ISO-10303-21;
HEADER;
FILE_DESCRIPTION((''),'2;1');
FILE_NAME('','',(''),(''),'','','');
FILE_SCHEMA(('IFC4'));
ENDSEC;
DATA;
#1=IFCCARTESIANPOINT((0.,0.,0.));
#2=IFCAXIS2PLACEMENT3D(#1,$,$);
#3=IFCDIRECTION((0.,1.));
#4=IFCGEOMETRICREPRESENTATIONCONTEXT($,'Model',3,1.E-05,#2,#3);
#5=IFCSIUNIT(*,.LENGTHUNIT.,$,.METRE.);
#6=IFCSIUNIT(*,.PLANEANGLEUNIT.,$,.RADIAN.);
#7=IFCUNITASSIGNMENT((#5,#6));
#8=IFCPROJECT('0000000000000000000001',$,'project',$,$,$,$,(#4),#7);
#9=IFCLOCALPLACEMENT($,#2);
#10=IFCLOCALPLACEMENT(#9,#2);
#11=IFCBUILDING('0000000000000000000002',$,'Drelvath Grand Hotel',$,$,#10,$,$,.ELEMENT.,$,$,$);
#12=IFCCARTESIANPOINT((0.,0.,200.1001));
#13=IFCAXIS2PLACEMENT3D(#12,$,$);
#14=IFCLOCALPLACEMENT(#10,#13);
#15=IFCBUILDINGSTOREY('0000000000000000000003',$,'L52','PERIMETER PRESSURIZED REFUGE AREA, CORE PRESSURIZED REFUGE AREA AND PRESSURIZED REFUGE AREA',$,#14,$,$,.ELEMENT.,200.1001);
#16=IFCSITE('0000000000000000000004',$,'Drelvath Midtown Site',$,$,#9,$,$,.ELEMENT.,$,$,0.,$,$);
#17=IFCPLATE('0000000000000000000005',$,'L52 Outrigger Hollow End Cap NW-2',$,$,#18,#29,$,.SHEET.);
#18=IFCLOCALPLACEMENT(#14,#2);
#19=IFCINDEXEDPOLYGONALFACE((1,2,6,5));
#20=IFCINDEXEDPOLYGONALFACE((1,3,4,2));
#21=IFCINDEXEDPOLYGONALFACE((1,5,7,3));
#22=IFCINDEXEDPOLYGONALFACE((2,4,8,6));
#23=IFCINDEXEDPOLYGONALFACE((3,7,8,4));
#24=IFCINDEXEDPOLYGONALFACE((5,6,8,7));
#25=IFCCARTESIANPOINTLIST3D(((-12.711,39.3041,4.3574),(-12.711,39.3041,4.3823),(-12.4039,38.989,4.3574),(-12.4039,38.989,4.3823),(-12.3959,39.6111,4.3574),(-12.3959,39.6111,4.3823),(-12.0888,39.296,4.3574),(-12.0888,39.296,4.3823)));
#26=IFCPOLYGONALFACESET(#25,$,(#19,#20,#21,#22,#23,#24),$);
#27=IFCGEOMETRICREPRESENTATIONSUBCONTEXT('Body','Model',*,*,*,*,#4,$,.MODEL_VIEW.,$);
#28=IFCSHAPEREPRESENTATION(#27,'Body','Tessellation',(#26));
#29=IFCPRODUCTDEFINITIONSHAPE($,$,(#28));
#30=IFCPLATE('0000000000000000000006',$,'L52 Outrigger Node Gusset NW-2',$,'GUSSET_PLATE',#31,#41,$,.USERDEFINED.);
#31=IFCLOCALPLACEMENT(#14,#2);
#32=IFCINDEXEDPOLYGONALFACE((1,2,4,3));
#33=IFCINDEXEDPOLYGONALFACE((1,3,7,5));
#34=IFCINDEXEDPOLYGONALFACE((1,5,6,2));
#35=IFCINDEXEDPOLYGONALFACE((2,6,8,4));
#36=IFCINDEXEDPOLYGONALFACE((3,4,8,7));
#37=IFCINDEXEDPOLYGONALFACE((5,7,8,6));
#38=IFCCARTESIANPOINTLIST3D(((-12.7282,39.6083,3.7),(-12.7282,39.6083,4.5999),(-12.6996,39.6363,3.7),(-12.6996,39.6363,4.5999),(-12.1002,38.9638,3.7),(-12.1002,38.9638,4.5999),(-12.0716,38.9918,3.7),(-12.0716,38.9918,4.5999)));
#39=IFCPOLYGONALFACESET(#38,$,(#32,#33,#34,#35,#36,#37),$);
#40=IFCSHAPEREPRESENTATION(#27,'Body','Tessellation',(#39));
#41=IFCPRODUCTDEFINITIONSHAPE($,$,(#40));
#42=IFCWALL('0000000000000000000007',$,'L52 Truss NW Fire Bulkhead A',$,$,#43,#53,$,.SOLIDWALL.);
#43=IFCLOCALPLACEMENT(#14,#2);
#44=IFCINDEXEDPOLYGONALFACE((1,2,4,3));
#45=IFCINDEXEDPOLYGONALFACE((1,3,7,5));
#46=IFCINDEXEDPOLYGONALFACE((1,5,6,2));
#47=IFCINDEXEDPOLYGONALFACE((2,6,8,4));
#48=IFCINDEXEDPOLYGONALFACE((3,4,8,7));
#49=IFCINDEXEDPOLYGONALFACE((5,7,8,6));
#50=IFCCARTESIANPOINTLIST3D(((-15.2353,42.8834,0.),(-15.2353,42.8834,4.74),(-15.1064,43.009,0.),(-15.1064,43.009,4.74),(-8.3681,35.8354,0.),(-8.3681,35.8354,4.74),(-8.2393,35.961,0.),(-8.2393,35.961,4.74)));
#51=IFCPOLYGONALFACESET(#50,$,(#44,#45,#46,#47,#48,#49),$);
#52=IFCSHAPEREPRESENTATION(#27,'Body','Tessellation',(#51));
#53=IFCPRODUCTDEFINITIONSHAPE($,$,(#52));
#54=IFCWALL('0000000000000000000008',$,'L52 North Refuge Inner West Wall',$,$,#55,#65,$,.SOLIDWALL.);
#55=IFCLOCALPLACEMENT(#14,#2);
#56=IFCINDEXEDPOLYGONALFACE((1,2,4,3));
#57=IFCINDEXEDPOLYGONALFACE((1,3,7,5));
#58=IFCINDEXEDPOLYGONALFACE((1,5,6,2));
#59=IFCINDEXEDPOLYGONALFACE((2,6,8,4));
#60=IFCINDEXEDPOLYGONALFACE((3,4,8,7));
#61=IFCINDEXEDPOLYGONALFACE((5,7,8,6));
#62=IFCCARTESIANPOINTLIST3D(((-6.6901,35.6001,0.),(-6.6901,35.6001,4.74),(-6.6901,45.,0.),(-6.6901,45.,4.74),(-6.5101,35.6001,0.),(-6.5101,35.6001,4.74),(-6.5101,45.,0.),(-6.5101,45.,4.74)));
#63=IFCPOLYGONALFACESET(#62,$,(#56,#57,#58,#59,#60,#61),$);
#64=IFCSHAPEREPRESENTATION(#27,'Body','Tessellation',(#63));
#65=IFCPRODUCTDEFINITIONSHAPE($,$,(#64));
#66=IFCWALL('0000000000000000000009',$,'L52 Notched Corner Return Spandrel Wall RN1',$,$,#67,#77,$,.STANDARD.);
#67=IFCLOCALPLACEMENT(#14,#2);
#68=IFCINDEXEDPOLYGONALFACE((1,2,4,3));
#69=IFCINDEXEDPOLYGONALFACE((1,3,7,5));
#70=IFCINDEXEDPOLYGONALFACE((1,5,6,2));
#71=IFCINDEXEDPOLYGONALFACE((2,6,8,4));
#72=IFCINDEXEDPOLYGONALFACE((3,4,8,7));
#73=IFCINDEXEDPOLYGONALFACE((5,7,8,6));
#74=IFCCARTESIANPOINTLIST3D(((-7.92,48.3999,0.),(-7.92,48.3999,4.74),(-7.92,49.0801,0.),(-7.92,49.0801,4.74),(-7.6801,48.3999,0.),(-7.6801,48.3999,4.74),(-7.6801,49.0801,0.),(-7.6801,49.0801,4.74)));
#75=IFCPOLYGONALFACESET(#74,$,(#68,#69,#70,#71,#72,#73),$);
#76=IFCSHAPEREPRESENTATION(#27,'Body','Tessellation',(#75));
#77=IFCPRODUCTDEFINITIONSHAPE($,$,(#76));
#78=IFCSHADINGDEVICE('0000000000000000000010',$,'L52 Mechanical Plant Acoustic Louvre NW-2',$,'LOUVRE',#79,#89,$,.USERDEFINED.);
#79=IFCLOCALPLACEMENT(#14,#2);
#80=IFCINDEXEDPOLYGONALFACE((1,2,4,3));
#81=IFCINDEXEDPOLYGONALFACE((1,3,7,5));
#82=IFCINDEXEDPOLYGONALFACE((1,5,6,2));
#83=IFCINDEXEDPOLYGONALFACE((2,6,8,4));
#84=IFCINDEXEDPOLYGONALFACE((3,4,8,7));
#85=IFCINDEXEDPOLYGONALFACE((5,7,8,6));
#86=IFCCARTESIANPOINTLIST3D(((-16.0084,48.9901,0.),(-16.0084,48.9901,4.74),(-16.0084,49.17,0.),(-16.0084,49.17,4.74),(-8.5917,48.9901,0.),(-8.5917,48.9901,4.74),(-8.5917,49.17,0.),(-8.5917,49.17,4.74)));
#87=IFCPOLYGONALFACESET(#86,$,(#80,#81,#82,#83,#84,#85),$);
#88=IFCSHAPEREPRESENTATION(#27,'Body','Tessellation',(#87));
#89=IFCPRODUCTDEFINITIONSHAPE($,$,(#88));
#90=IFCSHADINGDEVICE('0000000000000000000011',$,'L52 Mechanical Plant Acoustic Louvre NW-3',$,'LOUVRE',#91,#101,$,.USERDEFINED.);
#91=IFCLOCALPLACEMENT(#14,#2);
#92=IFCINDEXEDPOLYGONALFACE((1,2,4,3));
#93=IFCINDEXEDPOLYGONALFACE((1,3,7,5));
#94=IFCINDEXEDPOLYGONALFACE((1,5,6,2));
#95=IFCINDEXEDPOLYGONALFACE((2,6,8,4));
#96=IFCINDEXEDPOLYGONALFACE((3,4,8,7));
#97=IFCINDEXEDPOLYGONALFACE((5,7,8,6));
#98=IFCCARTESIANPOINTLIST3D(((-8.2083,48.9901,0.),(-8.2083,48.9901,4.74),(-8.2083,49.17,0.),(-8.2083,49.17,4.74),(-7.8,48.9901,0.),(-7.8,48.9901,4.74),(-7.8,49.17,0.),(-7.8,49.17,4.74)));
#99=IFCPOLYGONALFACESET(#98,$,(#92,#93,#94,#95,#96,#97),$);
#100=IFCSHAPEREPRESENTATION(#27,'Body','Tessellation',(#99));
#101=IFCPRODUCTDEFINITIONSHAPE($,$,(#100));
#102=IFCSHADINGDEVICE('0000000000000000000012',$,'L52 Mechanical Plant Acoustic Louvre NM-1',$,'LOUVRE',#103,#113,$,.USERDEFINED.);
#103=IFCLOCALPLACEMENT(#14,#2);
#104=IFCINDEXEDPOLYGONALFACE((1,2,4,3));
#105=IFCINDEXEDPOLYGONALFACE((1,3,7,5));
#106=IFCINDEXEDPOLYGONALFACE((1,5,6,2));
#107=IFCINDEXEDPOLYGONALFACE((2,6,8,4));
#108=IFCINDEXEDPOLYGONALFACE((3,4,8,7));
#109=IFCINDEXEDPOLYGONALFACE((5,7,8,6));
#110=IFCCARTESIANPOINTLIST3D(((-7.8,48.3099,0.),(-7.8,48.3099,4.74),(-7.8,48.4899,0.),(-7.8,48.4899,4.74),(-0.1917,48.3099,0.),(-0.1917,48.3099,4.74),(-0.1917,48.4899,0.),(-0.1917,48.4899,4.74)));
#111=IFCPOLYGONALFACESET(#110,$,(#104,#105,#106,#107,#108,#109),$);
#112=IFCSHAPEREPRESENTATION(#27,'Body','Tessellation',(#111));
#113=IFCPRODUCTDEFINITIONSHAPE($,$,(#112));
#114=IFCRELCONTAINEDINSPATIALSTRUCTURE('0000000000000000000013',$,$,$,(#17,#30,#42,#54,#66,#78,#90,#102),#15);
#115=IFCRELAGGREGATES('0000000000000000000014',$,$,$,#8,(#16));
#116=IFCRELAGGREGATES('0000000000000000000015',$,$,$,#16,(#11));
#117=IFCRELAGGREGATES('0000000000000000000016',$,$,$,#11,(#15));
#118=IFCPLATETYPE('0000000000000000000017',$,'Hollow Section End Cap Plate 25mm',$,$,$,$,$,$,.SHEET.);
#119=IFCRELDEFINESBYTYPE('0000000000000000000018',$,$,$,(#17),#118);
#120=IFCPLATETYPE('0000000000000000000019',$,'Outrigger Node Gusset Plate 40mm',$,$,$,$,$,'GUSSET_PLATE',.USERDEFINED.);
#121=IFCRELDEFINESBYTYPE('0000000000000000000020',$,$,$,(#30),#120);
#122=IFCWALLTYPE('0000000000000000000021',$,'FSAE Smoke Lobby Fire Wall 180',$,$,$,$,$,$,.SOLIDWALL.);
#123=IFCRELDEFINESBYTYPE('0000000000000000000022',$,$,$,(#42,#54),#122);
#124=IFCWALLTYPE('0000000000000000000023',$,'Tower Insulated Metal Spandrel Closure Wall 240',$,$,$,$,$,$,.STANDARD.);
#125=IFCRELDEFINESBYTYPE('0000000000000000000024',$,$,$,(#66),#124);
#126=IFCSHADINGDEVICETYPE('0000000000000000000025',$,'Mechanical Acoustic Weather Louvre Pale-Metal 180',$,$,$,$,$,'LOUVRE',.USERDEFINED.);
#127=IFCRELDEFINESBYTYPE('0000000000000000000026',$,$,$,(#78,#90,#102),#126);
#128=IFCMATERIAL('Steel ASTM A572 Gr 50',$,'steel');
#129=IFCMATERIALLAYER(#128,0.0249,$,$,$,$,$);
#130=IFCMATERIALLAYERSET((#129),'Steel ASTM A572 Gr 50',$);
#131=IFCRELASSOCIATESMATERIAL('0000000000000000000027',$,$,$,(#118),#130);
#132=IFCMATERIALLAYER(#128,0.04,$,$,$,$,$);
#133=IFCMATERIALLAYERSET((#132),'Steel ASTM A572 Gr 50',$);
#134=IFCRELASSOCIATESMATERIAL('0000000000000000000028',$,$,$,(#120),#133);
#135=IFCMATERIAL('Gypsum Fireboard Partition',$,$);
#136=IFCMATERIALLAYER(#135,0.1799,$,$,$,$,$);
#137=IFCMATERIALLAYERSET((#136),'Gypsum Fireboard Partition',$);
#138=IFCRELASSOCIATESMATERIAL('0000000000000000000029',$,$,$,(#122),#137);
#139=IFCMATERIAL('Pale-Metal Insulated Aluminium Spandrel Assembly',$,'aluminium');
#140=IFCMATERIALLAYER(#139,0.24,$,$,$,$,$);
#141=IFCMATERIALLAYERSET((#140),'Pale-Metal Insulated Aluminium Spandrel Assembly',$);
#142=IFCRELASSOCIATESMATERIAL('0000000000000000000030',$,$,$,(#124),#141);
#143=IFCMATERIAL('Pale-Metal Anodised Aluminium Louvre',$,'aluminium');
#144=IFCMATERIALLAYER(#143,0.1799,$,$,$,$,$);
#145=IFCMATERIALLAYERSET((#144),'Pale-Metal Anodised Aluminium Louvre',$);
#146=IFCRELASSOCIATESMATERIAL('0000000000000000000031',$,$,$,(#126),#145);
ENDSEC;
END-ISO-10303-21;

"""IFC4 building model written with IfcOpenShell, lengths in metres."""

from ifc_helpers import new_model, si_unit, direction, frame, frame_2d, origin, origin_2d, place, context, subcontext, project, spatial, rectangle, extrude, material, layer, layer_set, type_object, element, save


model = new_model("IFC4")

# Units and contexts
model_context = context("Model", 3, precision=1e-05, world=origin(), true_north=direction((0.0, 1.0)))
body_context = subcontext(model_context, "Body", "Model", "MODEL_VIEW")
ifc_project = project(units=[si_unit("LENGTHUNIT", "METRE"), si_unit("PLANEANGLEUNIT", "RADIAN")], contexts=[model_context])

# Site, building, storey
site_placement = place(None, origin())
site = spatial("IfcSite", under=ifc_project, at=site_placement, Name="Drelvath Midtown Site", CompositionType="ELEMENT", RefElevation=0.0)
building_placement = place(site_placement, origin())
building = spatial("IfcBuilding", under=site, at=building_placement, Name="Drelvath Grand Hotel", CompositionType="ELEMENT")
storey_placement = place(building_placement, frame((0.0, 0.0, 200.1001)))
storey = spatial("IfcBuildingStorey", under=building, at=storey_placement, Name="L52", Description="PERIMETER PRESSURIZED REFUGE AREA, CORE PRESSURIZED REFUGE AREA AND PRESSURIZED REFUGE AREA", CompositionType="ELEMENT", Elevation=200.1001)

# Shared definitions
ifc_material_1 = material(Name="Steel ASTM A572 Gr 50", Category="steel")

# Plates
ifc_layer_1 = layer(ifc_material_1, 0.0249)
ifc_layer_set_1 = layer_set([ifc_layer_1], Name="Steel ASTM A572 Gr 50")
plate_type_1 = type_object("IfcPlateType", Name="Hollow Section End Cap Plate 25mm", PredefinedType="SHEET", material=ifc_layer_set_1)
for number, where, z_axis, x_axis, name in (
    (1, (-12.3999, 39.3, 4.3574), (0.0, 0.0, 1.0), (-0.697865, 0.71623, 0.0), "L52 Outrigger Hollow End Cap NW-2"),
):
    element("IfcPlate", number, at=place(storey_placement, frame(where, z_axis=z_axis, x_axis=x_axis)), inside=storey, type_object=plate_type_1, Name=name, PredefinedType="SHEET", context=body_context, shape_type="SweptSolid", body=[
        extrude(rectangle(XDim=0.4399, YDim=0.4399, at=origin_2d()), origin(), (0.0, 0.0, 1.0), 0.0249),
    ])
ifc_layer_2 = layer(ifc_material_1, 0.04)
ifc_layer_set_2 = layer_set([ifc_layer_2], Name="Steel ASTM A572 Gr 50")
plate_type_2 = type_object("IfcPlateType", Name="Outrigger Node Gusset Plate 40mm", ElementType="GUSSET_PLATE", PredefinedType="USERDEFINED", material=ifc_layer_set_2)
plate_placement = place(storey_placement, frame((-12.3999, 39.3, 3.7), z_axis=(0.0, 0.0, 1.0), x_axis=(-0.697865, 0.71623, 0.0)))
element("IfcPlate", 2, at=plate_placement, inside=storey, type_object=plate_type_2, Name="L52 Outrigger Node Gusset NW-2", ObjectType="GUSSET_PLATE", PredefinedType="USERDEFINED", context=body_context, shape_type="SweptSolid", body=[
    extrude(rectangle(XDim=0.8999, YDim=0.04, at=origin_2d()), origin(), (0.0, 0.0, 1.0), 0.8999),
])

# Walls
ifc_material_2 = material(Name="Gypsum Fireboard Partition")
ifc_layer_3 = layer(ifc_material_2, 0.1799)
ifc_layer_set_3 = layer_set([ifc_layer_3], Name="Gypsum Fireboard Partition")
wall_type_1 = type_object("IfcWallType", Name="FSAE Smoke Lobby Fire Wall 180", PredefinedType="SOLIDWALL", material=ifc_layer_set_3)
wall_1_placement = place(storey_placement, frame((-8.3037, 35.8982, 0.0), z_axis=(0.0, 0.0, 1.0), x_axis=(-0.697855, 0.716239, 0.0)))
element("IfcWall", 3, at=wall_1_placement, inside=storey, type_object=wall_type_1, Name="L52 Truss NW Fire Bulkhead A", PredefinedType="SOLIDWALL", context=body_context, shape_type="SweptSolid", body=[
    extrude(rectangle(XDim=9.8403, YDim=0.1799, at=frame_2d((4.9202, 0.0))), origin(), (0.0, 0.0, 1.0), 4.74),
])
wall_2_placement = place(storey_placement, frame((-6.6001, 35.6001, 0.0), z_axis=(0.0, 0.0, 1.0), x_axis=(0.0, 1.0, 0.0)))
element("IfcWall", 4, at=wall_2_placement, inside=storey, type_object=wall_type_1, Name="L52 North Refuge Inner West Wall", PredefinedType="SOLIDWALL", context=body_context, shape_type="SweptSolid", body=[
    extrude(rectangle(XDim=9.3999, YDim=0.1799, at=frame_2d((4.7, 0.0))), origin(), (0.0, 0.0, 1.0), 4.74),
])
ifc_material_3 = material(Name="Pale-Metal Insulated Aluminium Spandrel Assembly", Category="aluminium")
ifc_layer_4 = layer(ifc_material_3, 0.24)
ifc_layer_set_4 = layer_set([ifc_layer_4], Name="Pale-Metal Insulated Aluminium Spandrel Assembly")
wall_type_2 = type_object("IfcWallType", Name="Tower Insulated Metal Spandrel Closure Wall 240", PredefinedType="STANDARD", material=ifc_layer_set_4)
wall_3_placement = place(storey_placement, frame((-7.8, 49.0801, 0.0), z_axis=(0.0, 0.0, 1.0), x_axis=(0.0, -1.0, 0.0)))
element("IfcWall", 5, at=wall_3_placement, inside=storey, type_object=wall_type_2, Name="L52 Notched Corner Return Spandrel Wall RN1", PredefinedType="STANDARD", context=body_context, shape_type="SweptSolid", body=[
    extrude(rectangle(XDim=0.6802, YDim=0.24, at=frame_2d((0.3401, 0.0))), origin(), (0.0, 0.0, 1.0), 4.74),
])

# Shading devices
ifc_material_4 = material(Name="Pale-Metal Anodised Aluminium Louvre", Category="aluminium")
ifc_layer_5 = layer(ifc_material_4, 0.1799)
ifc_layer_set_5 = layer_set([ifc_layer_5], Name="Pale-Metal Anodised Aluminium Louvre")
shading_device_type = type_object("IfcShadingDeviceType", Name="Mechanical Acoustic Weather Louvre Pale-Metal 180", ElementType="LOUVRE", PredefinedType="USERDEFINED", material=ifc_layer_set_5)
shading_device_1_placement = place(storey_placement, frame((-12.3, 49.0801, 0.0), z_axis=(0.0, 0.0, 1.0), x_axis=(1.0, 0.0, 0.0)))
element("IfcShadingDevice", 6, at=shading_device_1_placement, inside=storey, type_object=shading_device_type, Name="L52 Mechanical Plant Acoustic Louvre NW-2", ObjectType="LOUVRE", PredefinedType="USERDEFINED", context=body_context, shape_type="SweptSolid", body=[
    extrude(rectangle(XDim=7.4167, YDim=0.1799, at=origin_2d()), origin(), (0.0, 0.0, 1.0), 4.74),
])
shading_device_2_placement = place(storey_placement, frame((-8.0042, 49.0801, 0.0), z_axis=(0.0, 0.0, 1.0), x_axis=(1.0, 0.0, 0.0)))
element("IfcShadingDevice", 7, at=shading_device_2_placement, inside=storey, type_object=shading_device_type, Name="L52 Mechanical Plant Acoustic Louvre NW-3", ObjectType="LOUVRE", PredefinedType="USERDEFINED", context=body_context, shape_type="SweptSolid", body=[
    extrude(rectangle(XDim=0.4082, YDim=0.1799, at=origin_2d()), origin(), (0.0, 0.0, 1.0), 4.74),
])
shading_device_3_placement = place(storey_placement, frame((-3.9958, 48.3999, 0.0), z_axis=(0.0, 0.0, 1.0), x_axis=(1.0, 0.0, 0.0)))
element("IfcShadingDevice", 8, at=shading_device_3_placement, inside=storey, type_object=shading_device_type, Name="L52 Mechanical Plant Acoustic Louvre NM-1", ObjectType="LOUVRE", PredefinedType="USERDEFINED", context=body_context, shape_type="SweptSolid", body=[
    extrude(rectangle(XDim=7.6084, YDim=0.1799, at=origin_2d()), origin(), (0.0, 0.0, 1.0), 4.74),
])

save(model, "model.ifc")
